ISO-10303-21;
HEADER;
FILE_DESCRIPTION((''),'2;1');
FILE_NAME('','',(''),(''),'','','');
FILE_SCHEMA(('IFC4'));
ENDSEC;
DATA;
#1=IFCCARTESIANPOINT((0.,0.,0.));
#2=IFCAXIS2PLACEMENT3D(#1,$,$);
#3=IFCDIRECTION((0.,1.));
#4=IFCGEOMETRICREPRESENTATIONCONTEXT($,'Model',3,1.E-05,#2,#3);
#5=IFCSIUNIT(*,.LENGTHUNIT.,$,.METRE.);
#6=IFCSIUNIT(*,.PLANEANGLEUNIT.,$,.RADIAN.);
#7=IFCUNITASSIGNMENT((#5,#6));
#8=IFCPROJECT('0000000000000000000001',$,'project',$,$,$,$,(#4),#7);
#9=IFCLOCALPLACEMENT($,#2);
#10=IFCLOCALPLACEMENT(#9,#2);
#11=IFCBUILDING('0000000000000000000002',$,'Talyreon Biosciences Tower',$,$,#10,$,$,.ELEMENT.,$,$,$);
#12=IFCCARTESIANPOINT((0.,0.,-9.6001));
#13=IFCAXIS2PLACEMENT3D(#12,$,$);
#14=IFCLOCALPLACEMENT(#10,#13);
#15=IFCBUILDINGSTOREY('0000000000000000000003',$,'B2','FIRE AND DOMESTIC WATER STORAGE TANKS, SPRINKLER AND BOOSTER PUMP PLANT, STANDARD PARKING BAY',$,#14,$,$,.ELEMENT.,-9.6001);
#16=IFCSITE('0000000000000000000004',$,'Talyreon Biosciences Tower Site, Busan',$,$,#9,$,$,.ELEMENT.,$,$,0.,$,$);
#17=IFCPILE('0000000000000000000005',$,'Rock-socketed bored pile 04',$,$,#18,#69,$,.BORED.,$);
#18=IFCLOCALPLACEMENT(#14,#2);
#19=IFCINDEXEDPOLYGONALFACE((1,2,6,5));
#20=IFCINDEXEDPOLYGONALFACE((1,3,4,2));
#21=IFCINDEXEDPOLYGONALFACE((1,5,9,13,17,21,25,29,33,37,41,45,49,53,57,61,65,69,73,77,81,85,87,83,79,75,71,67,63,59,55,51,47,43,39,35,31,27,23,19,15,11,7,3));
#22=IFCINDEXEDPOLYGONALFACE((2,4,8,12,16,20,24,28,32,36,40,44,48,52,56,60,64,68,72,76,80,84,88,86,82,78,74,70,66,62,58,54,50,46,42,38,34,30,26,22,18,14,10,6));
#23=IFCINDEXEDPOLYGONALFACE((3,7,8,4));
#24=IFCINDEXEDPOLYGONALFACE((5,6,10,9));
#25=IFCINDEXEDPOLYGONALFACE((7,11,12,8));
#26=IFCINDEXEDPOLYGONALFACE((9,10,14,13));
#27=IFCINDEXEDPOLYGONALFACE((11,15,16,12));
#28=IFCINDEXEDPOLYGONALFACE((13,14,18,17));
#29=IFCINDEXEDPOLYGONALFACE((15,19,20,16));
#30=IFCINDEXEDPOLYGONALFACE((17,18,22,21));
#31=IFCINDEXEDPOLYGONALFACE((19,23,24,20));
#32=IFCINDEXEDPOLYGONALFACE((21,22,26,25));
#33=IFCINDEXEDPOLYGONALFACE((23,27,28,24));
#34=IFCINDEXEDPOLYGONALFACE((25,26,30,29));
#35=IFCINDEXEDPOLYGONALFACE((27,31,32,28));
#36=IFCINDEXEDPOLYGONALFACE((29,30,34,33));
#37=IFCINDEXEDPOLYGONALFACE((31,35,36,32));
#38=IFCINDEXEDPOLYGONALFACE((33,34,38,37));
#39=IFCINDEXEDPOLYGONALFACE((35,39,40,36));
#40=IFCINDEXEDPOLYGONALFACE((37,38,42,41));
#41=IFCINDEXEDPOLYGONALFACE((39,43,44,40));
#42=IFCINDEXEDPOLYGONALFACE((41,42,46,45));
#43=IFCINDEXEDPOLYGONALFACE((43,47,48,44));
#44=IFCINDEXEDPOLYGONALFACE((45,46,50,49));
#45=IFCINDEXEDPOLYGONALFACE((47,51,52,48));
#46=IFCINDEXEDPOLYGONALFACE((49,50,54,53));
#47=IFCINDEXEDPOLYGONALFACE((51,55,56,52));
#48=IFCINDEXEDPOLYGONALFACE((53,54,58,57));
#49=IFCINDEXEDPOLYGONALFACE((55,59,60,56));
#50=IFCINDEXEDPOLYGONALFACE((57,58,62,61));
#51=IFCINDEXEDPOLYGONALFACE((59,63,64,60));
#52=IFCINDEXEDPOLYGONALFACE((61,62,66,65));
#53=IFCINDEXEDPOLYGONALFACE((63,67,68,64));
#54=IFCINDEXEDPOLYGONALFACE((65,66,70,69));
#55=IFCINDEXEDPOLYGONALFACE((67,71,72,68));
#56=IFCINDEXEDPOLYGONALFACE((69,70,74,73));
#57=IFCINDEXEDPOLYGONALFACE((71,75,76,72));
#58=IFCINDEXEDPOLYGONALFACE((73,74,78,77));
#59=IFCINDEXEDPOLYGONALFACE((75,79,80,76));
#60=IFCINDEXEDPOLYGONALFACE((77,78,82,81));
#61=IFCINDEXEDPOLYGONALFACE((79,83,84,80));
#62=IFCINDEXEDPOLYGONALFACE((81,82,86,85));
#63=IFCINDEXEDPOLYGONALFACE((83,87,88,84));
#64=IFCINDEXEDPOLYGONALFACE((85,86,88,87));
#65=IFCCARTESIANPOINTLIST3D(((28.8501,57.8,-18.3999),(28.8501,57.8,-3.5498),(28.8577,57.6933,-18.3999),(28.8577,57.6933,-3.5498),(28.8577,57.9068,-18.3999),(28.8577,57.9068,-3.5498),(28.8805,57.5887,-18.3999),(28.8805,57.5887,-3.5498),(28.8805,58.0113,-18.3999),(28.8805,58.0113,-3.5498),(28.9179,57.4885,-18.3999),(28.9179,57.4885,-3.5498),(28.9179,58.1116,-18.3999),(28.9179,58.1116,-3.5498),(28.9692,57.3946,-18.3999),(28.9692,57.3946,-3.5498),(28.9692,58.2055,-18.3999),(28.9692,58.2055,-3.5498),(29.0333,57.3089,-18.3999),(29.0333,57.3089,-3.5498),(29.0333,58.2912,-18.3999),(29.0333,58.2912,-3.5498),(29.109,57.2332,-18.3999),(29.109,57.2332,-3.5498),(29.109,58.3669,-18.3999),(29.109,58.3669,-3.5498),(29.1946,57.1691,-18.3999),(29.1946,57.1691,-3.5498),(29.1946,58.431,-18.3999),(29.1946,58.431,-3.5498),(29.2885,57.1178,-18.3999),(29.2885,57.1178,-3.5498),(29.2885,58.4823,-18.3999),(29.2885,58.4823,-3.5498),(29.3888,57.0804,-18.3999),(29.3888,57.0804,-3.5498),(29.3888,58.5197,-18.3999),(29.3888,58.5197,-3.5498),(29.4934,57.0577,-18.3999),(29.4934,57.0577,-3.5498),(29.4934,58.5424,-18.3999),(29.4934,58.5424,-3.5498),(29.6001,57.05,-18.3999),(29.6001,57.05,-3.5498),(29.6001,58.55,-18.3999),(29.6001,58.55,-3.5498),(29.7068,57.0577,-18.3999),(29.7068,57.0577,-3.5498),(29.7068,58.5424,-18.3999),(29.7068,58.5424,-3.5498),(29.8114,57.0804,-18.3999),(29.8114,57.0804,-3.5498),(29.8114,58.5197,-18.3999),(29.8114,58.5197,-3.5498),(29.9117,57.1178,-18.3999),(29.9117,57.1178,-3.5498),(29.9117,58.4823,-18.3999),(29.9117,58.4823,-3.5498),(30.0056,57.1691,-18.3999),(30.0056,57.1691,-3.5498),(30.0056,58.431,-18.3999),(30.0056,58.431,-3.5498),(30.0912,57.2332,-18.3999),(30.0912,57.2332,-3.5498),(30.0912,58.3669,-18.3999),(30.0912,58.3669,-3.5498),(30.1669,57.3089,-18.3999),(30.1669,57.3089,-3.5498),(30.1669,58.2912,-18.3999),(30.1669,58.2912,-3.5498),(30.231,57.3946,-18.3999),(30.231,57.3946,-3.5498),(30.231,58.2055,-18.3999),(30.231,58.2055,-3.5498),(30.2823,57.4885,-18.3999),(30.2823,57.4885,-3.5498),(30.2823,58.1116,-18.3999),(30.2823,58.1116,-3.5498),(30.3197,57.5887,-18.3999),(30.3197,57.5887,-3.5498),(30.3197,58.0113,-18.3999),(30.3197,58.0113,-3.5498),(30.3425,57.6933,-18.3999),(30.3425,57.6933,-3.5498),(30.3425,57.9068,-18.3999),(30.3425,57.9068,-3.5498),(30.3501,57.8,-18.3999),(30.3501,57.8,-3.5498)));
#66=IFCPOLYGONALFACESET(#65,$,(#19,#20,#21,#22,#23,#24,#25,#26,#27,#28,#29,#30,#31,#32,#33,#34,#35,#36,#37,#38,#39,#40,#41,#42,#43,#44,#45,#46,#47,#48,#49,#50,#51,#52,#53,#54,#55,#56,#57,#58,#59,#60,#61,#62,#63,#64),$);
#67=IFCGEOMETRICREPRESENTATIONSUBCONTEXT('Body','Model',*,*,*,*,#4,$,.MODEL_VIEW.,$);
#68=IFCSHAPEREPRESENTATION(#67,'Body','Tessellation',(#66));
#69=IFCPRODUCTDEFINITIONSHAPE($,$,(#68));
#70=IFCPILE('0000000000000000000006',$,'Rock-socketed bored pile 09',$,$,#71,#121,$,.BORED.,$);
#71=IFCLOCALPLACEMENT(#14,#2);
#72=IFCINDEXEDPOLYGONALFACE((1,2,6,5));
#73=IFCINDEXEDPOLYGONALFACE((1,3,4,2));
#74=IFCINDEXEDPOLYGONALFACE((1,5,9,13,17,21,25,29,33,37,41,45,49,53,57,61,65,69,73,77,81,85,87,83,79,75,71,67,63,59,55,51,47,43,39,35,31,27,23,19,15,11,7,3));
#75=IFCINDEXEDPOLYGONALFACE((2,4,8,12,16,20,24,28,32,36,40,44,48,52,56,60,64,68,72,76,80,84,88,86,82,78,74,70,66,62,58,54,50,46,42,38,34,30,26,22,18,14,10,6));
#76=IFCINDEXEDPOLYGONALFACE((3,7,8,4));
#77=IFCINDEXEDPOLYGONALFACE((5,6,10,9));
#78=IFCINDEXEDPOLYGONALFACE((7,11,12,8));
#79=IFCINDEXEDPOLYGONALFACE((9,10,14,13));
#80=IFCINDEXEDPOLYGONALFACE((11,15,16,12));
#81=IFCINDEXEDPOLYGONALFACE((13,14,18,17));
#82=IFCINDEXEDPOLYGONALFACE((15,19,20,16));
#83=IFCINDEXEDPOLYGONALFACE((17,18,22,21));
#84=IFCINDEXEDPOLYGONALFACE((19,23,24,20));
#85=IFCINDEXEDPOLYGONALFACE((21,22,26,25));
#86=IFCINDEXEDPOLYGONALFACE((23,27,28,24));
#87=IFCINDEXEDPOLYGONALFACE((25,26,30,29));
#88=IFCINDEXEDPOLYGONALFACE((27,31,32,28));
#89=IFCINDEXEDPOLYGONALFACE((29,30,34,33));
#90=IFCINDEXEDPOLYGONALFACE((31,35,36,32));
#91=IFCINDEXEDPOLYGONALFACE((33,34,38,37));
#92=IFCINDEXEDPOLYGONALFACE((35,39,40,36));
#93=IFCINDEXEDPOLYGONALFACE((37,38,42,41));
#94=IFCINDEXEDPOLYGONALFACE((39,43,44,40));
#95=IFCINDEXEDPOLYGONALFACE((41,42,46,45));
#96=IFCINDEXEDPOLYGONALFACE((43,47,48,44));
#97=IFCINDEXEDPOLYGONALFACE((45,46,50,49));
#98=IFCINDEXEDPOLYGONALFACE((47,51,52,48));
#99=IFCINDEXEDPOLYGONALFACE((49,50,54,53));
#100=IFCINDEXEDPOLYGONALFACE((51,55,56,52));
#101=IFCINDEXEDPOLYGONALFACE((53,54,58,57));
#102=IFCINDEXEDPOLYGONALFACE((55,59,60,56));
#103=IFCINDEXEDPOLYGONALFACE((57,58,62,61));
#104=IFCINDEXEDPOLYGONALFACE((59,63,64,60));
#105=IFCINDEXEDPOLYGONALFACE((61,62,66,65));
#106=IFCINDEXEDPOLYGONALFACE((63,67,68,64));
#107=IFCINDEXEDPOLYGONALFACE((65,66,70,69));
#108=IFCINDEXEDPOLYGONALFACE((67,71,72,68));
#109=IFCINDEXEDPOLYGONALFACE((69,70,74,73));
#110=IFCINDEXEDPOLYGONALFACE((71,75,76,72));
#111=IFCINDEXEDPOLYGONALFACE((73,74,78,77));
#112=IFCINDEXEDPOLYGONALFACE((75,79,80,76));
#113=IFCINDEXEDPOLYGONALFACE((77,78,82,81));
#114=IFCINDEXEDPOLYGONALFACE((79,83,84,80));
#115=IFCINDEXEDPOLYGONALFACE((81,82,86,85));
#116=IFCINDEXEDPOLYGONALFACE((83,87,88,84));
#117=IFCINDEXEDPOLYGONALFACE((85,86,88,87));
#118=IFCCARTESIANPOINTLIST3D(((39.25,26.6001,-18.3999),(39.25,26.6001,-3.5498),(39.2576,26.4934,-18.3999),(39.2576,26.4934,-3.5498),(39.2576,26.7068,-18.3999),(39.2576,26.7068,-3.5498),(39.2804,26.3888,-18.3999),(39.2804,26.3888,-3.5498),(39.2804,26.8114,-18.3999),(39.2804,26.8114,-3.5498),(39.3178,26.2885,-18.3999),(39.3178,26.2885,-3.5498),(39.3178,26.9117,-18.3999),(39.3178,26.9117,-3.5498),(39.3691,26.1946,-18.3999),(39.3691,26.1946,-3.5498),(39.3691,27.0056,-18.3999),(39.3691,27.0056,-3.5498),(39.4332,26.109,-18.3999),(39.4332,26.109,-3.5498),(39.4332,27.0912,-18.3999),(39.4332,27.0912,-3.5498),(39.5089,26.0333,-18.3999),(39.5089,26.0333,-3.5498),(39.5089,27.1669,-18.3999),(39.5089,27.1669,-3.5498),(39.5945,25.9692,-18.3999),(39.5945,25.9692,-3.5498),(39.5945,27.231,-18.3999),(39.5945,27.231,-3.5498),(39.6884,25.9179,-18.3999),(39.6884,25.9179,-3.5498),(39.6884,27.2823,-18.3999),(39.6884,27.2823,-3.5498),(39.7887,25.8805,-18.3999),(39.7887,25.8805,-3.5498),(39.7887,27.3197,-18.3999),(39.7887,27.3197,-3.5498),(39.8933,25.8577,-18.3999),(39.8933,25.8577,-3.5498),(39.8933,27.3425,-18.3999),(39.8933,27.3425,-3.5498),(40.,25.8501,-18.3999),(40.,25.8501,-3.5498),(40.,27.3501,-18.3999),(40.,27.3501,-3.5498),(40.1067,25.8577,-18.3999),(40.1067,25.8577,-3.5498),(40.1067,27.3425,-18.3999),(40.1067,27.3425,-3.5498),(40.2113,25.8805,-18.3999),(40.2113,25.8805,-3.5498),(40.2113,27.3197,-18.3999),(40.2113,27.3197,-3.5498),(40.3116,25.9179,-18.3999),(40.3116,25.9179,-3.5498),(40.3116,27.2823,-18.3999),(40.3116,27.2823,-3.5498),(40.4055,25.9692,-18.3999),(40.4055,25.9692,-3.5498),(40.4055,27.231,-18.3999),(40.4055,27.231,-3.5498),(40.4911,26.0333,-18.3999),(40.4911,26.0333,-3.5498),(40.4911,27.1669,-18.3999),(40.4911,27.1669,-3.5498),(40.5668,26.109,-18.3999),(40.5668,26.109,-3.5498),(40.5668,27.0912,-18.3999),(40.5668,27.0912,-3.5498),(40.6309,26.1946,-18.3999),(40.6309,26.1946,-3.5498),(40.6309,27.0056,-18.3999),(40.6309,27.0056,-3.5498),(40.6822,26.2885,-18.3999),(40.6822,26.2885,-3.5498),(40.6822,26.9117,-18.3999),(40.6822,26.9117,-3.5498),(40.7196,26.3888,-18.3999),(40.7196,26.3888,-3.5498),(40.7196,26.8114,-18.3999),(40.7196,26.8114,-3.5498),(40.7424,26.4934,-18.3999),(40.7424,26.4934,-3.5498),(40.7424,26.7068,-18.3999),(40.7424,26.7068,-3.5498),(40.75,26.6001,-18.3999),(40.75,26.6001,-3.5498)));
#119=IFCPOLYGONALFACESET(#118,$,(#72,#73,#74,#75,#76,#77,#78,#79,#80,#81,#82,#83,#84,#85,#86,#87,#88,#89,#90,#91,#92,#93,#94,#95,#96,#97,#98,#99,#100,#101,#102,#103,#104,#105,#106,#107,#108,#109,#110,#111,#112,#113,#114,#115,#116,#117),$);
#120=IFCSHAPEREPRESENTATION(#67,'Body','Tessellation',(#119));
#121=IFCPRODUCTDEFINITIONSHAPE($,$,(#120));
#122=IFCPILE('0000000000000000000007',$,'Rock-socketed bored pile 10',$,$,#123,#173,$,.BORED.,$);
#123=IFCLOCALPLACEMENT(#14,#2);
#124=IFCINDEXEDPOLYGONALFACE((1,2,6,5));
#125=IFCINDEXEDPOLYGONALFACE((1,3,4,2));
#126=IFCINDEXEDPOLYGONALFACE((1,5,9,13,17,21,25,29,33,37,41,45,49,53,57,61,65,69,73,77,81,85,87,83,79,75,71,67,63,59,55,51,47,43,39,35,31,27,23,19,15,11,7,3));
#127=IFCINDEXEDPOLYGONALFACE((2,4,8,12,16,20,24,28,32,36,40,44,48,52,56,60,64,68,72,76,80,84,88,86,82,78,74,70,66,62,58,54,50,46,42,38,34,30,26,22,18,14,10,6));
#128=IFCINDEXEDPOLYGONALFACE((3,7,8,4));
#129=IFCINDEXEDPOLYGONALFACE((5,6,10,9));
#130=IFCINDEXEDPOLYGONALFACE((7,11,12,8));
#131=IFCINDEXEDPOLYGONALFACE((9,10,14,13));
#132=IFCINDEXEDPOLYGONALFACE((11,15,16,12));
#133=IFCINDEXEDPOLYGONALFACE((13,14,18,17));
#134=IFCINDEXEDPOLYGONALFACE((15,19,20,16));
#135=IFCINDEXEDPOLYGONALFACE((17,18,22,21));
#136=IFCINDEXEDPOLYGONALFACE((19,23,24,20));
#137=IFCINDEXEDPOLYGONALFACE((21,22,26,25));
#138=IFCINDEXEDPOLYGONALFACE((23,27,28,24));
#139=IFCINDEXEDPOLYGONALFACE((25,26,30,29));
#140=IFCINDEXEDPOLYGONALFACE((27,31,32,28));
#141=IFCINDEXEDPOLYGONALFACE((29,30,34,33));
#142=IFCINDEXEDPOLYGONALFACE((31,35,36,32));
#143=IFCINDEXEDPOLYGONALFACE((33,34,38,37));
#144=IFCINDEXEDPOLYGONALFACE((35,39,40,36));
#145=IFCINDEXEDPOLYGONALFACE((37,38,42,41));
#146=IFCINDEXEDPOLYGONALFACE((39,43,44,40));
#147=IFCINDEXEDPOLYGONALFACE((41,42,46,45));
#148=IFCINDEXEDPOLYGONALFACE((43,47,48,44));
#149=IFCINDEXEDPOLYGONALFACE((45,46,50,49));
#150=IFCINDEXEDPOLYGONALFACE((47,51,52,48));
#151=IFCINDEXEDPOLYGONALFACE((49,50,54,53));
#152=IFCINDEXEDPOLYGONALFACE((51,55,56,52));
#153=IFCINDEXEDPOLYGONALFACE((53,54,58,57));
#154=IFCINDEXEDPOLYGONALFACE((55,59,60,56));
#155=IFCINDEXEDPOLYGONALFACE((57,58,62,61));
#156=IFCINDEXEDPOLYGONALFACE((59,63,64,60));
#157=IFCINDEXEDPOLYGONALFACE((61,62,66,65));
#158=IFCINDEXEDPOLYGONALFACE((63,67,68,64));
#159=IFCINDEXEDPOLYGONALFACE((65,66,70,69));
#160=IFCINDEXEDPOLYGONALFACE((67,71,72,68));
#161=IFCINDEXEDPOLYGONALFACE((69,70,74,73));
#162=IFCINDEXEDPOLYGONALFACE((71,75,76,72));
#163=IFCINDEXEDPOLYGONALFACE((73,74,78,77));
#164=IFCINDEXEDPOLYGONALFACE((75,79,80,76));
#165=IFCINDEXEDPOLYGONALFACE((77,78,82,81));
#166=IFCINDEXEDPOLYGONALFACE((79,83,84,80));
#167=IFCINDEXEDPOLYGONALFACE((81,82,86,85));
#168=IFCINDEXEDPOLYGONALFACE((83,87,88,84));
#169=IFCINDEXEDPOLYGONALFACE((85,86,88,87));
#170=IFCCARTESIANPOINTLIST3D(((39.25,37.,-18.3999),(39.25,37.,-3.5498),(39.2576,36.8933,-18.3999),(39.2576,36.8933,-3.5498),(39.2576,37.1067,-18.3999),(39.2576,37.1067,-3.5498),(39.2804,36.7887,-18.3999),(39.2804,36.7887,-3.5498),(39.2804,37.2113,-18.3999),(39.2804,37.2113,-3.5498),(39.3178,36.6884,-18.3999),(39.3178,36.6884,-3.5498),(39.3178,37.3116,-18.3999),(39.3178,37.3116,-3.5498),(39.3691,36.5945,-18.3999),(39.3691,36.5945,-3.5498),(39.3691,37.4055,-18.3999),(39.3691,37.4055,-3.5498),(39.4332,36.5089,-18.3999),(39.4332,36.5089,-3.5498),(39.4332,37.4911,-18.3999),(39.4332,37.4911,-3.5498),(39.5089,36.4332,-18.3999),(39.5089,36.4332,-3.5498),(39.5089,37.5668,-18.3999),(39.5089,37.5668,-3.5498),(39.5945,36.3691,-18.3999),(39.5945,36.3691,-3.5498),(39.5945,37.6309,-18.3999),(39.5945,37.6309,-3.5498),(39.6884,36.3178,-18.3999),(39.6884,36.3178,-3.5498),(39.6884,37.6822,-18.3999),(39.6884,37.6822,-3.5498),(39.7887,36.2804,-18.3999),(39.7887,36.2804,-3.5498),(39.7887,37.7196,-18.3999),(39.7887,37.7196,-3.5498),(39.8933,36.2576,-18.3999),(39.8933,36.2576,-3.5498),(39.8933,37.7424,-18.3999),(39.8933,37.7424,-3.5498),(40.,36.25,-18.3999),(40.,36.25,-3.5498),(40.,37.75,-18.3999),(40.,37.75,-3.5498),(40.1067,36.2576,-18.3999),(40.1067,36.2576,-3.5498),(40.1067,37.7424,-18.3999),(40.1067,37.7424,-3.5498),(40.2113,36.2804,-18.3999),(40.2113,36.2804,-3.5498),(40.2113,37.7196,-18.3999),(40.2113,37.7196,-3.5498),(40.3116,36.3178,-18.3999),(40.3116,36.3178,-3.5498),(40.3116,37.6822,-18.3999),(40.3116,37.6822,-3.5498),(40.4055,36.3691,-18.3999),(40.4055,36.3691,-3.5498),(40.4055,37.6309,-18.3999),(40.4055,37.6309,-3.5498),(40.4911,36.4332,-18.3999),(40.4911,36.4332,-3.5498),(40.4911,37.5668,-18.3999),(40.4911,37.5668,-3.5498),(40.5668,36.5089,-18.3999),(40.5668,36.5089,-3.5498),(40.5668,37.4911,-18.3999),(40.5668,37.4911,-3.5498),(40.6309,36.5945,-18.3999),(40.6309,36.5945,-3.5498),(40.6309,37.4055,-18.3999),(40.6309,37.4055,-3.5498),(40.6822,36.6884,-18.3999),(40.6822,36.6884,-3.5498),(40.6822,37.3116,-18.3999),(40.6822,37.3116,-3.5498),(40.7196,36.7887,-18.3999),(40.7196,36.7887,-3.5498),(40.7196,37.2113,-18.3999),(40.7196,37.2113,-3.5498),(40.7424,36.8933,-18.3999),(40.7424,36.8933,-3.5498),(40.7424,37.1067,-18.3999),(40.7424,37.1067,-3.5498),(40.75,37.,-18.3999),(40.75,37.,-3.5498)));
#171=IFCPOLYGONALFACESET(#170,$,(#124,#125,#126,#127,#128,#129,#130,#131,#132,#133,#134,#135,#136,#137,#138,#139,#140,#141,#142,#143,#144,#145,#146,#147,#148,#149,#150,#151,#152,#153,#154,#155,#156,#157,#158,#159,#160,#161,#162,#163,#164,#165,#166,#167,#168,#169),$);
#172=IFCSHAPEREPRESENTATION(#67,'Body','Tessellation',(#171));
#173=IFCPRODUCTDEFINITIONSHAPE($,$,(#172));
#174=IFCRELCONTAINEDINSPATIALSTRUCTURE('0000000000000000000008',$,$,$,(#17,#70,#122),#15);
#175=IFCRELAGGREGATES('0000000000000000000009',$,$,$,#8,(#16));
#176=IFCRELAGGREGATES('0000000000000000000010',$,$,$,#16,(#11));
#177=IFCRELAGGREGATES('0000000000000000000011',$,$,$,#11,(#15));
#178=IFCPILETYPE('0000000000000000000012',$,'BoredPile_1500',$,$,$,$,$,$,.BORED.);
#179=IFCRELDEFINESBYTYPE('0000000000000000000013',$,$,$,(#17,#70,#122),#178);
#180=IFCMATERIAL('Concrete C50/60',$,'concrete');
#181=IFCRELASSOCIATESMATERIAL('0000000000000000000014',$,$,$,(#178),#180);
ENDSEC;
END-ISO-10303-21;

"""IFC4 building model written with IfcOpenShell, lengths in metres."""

from ifc_helpers import new_model, si_unit, direction, frame, origin, origin_2d, place, context, subcontext, project, spatial, circle, extrude, material, material_profile, profile_set, type_object, element, save


model = new_model("IFC4")

# Units and contexts
model_context = context("Model", 3, precision=1e-05, world=origin(), true_north=direction((0.0, 1.0)))
body_context = subcontext(model_context, "Body", "Model", "MODEL_VIEW")
ifc_project = project(units=[si_unit("LENGTHUNIT", "METRE"), si_unit("PLANEANGLEUNIT", "RADIAN")], contexts=[model_context])

# Site, building, storey
site_placement = place(None, origin())
site = spatial("IfcSite", under=ifc_project, at=site_placement, Name="Talyreon Biosciences Tower Site, Busan", CompositionType="ELEMENT", RefElevation=0.0)
building_placement = place(site_placement, origin())
building = spatial("IfcBuilding", under=site, at=building_placement, Name="Talyreon Biosciences Tower", CompositionType="ELEMENT")
storey_placement = place(building_placement, frame((0.0, 0.0, -9.6001)))
storey = spatial("IfcBuildingStorey", under=building, at=storey_placement, Name="B2", Description="FIRE AND DOMESTIC WATER STORAGE TANKS, SPRINKLER AND BOOSTER PUMP PLANT, STANDARD PARKING BAY", CompositionType="ELEMENT", Elevation=-9.6001)

# Piles
ifc_material_1 = material(Name="Concrete C50/60", Category="concrete")
ifc_material_profile_1 = material_profile(ifc_material_1, circle(Radius=0.75, at=origin_2d()), Name="PILE D1500")
ifc_profile_set_1 = profile_set([ifc_material_profile_1], Name="Concrete C50/60")
pile_type_1 = type_object("IfcPileType", Name="BoredPile_1500", PredefinedType="BORED", material=ifc_profile_set_1)
for number, where, z_axis, x_axis, name in (
    (1, (29.6001, 57.8, -3.5498), (0.0, 0.0, -1.0), (1.0, 0.0, 0.0), "Rock-socketed bored pile 04"),
    (2, (40.0, 26.6001, -3.5498), (0.0, 0.0, -1.0), (1.0, 0.0, 0.0), "Rock-socketed bored pile 09"),
    (3, (40.0, 37.0, -3.5498), (0.0, 0.0, -1.0), (1.0, 0.0, 0.0), "Rock-socketed bored pile 10"),
):
    element("IfcPile", number, at=place(storey_placement, frame(where, z_axis=z_axis, x_axis=x_axis)), inside=storey, type_object=pile_type_1, Name=name, PredefinedType="BORED", context=body_context, shape_type="SweptSolid", body=[
        extrude(circle(Radius=0.75, at=origin_2d()), origin(), (0.0, 0.0, 1.0), 14.8501),
    ])

save(model, "model.ifc")
